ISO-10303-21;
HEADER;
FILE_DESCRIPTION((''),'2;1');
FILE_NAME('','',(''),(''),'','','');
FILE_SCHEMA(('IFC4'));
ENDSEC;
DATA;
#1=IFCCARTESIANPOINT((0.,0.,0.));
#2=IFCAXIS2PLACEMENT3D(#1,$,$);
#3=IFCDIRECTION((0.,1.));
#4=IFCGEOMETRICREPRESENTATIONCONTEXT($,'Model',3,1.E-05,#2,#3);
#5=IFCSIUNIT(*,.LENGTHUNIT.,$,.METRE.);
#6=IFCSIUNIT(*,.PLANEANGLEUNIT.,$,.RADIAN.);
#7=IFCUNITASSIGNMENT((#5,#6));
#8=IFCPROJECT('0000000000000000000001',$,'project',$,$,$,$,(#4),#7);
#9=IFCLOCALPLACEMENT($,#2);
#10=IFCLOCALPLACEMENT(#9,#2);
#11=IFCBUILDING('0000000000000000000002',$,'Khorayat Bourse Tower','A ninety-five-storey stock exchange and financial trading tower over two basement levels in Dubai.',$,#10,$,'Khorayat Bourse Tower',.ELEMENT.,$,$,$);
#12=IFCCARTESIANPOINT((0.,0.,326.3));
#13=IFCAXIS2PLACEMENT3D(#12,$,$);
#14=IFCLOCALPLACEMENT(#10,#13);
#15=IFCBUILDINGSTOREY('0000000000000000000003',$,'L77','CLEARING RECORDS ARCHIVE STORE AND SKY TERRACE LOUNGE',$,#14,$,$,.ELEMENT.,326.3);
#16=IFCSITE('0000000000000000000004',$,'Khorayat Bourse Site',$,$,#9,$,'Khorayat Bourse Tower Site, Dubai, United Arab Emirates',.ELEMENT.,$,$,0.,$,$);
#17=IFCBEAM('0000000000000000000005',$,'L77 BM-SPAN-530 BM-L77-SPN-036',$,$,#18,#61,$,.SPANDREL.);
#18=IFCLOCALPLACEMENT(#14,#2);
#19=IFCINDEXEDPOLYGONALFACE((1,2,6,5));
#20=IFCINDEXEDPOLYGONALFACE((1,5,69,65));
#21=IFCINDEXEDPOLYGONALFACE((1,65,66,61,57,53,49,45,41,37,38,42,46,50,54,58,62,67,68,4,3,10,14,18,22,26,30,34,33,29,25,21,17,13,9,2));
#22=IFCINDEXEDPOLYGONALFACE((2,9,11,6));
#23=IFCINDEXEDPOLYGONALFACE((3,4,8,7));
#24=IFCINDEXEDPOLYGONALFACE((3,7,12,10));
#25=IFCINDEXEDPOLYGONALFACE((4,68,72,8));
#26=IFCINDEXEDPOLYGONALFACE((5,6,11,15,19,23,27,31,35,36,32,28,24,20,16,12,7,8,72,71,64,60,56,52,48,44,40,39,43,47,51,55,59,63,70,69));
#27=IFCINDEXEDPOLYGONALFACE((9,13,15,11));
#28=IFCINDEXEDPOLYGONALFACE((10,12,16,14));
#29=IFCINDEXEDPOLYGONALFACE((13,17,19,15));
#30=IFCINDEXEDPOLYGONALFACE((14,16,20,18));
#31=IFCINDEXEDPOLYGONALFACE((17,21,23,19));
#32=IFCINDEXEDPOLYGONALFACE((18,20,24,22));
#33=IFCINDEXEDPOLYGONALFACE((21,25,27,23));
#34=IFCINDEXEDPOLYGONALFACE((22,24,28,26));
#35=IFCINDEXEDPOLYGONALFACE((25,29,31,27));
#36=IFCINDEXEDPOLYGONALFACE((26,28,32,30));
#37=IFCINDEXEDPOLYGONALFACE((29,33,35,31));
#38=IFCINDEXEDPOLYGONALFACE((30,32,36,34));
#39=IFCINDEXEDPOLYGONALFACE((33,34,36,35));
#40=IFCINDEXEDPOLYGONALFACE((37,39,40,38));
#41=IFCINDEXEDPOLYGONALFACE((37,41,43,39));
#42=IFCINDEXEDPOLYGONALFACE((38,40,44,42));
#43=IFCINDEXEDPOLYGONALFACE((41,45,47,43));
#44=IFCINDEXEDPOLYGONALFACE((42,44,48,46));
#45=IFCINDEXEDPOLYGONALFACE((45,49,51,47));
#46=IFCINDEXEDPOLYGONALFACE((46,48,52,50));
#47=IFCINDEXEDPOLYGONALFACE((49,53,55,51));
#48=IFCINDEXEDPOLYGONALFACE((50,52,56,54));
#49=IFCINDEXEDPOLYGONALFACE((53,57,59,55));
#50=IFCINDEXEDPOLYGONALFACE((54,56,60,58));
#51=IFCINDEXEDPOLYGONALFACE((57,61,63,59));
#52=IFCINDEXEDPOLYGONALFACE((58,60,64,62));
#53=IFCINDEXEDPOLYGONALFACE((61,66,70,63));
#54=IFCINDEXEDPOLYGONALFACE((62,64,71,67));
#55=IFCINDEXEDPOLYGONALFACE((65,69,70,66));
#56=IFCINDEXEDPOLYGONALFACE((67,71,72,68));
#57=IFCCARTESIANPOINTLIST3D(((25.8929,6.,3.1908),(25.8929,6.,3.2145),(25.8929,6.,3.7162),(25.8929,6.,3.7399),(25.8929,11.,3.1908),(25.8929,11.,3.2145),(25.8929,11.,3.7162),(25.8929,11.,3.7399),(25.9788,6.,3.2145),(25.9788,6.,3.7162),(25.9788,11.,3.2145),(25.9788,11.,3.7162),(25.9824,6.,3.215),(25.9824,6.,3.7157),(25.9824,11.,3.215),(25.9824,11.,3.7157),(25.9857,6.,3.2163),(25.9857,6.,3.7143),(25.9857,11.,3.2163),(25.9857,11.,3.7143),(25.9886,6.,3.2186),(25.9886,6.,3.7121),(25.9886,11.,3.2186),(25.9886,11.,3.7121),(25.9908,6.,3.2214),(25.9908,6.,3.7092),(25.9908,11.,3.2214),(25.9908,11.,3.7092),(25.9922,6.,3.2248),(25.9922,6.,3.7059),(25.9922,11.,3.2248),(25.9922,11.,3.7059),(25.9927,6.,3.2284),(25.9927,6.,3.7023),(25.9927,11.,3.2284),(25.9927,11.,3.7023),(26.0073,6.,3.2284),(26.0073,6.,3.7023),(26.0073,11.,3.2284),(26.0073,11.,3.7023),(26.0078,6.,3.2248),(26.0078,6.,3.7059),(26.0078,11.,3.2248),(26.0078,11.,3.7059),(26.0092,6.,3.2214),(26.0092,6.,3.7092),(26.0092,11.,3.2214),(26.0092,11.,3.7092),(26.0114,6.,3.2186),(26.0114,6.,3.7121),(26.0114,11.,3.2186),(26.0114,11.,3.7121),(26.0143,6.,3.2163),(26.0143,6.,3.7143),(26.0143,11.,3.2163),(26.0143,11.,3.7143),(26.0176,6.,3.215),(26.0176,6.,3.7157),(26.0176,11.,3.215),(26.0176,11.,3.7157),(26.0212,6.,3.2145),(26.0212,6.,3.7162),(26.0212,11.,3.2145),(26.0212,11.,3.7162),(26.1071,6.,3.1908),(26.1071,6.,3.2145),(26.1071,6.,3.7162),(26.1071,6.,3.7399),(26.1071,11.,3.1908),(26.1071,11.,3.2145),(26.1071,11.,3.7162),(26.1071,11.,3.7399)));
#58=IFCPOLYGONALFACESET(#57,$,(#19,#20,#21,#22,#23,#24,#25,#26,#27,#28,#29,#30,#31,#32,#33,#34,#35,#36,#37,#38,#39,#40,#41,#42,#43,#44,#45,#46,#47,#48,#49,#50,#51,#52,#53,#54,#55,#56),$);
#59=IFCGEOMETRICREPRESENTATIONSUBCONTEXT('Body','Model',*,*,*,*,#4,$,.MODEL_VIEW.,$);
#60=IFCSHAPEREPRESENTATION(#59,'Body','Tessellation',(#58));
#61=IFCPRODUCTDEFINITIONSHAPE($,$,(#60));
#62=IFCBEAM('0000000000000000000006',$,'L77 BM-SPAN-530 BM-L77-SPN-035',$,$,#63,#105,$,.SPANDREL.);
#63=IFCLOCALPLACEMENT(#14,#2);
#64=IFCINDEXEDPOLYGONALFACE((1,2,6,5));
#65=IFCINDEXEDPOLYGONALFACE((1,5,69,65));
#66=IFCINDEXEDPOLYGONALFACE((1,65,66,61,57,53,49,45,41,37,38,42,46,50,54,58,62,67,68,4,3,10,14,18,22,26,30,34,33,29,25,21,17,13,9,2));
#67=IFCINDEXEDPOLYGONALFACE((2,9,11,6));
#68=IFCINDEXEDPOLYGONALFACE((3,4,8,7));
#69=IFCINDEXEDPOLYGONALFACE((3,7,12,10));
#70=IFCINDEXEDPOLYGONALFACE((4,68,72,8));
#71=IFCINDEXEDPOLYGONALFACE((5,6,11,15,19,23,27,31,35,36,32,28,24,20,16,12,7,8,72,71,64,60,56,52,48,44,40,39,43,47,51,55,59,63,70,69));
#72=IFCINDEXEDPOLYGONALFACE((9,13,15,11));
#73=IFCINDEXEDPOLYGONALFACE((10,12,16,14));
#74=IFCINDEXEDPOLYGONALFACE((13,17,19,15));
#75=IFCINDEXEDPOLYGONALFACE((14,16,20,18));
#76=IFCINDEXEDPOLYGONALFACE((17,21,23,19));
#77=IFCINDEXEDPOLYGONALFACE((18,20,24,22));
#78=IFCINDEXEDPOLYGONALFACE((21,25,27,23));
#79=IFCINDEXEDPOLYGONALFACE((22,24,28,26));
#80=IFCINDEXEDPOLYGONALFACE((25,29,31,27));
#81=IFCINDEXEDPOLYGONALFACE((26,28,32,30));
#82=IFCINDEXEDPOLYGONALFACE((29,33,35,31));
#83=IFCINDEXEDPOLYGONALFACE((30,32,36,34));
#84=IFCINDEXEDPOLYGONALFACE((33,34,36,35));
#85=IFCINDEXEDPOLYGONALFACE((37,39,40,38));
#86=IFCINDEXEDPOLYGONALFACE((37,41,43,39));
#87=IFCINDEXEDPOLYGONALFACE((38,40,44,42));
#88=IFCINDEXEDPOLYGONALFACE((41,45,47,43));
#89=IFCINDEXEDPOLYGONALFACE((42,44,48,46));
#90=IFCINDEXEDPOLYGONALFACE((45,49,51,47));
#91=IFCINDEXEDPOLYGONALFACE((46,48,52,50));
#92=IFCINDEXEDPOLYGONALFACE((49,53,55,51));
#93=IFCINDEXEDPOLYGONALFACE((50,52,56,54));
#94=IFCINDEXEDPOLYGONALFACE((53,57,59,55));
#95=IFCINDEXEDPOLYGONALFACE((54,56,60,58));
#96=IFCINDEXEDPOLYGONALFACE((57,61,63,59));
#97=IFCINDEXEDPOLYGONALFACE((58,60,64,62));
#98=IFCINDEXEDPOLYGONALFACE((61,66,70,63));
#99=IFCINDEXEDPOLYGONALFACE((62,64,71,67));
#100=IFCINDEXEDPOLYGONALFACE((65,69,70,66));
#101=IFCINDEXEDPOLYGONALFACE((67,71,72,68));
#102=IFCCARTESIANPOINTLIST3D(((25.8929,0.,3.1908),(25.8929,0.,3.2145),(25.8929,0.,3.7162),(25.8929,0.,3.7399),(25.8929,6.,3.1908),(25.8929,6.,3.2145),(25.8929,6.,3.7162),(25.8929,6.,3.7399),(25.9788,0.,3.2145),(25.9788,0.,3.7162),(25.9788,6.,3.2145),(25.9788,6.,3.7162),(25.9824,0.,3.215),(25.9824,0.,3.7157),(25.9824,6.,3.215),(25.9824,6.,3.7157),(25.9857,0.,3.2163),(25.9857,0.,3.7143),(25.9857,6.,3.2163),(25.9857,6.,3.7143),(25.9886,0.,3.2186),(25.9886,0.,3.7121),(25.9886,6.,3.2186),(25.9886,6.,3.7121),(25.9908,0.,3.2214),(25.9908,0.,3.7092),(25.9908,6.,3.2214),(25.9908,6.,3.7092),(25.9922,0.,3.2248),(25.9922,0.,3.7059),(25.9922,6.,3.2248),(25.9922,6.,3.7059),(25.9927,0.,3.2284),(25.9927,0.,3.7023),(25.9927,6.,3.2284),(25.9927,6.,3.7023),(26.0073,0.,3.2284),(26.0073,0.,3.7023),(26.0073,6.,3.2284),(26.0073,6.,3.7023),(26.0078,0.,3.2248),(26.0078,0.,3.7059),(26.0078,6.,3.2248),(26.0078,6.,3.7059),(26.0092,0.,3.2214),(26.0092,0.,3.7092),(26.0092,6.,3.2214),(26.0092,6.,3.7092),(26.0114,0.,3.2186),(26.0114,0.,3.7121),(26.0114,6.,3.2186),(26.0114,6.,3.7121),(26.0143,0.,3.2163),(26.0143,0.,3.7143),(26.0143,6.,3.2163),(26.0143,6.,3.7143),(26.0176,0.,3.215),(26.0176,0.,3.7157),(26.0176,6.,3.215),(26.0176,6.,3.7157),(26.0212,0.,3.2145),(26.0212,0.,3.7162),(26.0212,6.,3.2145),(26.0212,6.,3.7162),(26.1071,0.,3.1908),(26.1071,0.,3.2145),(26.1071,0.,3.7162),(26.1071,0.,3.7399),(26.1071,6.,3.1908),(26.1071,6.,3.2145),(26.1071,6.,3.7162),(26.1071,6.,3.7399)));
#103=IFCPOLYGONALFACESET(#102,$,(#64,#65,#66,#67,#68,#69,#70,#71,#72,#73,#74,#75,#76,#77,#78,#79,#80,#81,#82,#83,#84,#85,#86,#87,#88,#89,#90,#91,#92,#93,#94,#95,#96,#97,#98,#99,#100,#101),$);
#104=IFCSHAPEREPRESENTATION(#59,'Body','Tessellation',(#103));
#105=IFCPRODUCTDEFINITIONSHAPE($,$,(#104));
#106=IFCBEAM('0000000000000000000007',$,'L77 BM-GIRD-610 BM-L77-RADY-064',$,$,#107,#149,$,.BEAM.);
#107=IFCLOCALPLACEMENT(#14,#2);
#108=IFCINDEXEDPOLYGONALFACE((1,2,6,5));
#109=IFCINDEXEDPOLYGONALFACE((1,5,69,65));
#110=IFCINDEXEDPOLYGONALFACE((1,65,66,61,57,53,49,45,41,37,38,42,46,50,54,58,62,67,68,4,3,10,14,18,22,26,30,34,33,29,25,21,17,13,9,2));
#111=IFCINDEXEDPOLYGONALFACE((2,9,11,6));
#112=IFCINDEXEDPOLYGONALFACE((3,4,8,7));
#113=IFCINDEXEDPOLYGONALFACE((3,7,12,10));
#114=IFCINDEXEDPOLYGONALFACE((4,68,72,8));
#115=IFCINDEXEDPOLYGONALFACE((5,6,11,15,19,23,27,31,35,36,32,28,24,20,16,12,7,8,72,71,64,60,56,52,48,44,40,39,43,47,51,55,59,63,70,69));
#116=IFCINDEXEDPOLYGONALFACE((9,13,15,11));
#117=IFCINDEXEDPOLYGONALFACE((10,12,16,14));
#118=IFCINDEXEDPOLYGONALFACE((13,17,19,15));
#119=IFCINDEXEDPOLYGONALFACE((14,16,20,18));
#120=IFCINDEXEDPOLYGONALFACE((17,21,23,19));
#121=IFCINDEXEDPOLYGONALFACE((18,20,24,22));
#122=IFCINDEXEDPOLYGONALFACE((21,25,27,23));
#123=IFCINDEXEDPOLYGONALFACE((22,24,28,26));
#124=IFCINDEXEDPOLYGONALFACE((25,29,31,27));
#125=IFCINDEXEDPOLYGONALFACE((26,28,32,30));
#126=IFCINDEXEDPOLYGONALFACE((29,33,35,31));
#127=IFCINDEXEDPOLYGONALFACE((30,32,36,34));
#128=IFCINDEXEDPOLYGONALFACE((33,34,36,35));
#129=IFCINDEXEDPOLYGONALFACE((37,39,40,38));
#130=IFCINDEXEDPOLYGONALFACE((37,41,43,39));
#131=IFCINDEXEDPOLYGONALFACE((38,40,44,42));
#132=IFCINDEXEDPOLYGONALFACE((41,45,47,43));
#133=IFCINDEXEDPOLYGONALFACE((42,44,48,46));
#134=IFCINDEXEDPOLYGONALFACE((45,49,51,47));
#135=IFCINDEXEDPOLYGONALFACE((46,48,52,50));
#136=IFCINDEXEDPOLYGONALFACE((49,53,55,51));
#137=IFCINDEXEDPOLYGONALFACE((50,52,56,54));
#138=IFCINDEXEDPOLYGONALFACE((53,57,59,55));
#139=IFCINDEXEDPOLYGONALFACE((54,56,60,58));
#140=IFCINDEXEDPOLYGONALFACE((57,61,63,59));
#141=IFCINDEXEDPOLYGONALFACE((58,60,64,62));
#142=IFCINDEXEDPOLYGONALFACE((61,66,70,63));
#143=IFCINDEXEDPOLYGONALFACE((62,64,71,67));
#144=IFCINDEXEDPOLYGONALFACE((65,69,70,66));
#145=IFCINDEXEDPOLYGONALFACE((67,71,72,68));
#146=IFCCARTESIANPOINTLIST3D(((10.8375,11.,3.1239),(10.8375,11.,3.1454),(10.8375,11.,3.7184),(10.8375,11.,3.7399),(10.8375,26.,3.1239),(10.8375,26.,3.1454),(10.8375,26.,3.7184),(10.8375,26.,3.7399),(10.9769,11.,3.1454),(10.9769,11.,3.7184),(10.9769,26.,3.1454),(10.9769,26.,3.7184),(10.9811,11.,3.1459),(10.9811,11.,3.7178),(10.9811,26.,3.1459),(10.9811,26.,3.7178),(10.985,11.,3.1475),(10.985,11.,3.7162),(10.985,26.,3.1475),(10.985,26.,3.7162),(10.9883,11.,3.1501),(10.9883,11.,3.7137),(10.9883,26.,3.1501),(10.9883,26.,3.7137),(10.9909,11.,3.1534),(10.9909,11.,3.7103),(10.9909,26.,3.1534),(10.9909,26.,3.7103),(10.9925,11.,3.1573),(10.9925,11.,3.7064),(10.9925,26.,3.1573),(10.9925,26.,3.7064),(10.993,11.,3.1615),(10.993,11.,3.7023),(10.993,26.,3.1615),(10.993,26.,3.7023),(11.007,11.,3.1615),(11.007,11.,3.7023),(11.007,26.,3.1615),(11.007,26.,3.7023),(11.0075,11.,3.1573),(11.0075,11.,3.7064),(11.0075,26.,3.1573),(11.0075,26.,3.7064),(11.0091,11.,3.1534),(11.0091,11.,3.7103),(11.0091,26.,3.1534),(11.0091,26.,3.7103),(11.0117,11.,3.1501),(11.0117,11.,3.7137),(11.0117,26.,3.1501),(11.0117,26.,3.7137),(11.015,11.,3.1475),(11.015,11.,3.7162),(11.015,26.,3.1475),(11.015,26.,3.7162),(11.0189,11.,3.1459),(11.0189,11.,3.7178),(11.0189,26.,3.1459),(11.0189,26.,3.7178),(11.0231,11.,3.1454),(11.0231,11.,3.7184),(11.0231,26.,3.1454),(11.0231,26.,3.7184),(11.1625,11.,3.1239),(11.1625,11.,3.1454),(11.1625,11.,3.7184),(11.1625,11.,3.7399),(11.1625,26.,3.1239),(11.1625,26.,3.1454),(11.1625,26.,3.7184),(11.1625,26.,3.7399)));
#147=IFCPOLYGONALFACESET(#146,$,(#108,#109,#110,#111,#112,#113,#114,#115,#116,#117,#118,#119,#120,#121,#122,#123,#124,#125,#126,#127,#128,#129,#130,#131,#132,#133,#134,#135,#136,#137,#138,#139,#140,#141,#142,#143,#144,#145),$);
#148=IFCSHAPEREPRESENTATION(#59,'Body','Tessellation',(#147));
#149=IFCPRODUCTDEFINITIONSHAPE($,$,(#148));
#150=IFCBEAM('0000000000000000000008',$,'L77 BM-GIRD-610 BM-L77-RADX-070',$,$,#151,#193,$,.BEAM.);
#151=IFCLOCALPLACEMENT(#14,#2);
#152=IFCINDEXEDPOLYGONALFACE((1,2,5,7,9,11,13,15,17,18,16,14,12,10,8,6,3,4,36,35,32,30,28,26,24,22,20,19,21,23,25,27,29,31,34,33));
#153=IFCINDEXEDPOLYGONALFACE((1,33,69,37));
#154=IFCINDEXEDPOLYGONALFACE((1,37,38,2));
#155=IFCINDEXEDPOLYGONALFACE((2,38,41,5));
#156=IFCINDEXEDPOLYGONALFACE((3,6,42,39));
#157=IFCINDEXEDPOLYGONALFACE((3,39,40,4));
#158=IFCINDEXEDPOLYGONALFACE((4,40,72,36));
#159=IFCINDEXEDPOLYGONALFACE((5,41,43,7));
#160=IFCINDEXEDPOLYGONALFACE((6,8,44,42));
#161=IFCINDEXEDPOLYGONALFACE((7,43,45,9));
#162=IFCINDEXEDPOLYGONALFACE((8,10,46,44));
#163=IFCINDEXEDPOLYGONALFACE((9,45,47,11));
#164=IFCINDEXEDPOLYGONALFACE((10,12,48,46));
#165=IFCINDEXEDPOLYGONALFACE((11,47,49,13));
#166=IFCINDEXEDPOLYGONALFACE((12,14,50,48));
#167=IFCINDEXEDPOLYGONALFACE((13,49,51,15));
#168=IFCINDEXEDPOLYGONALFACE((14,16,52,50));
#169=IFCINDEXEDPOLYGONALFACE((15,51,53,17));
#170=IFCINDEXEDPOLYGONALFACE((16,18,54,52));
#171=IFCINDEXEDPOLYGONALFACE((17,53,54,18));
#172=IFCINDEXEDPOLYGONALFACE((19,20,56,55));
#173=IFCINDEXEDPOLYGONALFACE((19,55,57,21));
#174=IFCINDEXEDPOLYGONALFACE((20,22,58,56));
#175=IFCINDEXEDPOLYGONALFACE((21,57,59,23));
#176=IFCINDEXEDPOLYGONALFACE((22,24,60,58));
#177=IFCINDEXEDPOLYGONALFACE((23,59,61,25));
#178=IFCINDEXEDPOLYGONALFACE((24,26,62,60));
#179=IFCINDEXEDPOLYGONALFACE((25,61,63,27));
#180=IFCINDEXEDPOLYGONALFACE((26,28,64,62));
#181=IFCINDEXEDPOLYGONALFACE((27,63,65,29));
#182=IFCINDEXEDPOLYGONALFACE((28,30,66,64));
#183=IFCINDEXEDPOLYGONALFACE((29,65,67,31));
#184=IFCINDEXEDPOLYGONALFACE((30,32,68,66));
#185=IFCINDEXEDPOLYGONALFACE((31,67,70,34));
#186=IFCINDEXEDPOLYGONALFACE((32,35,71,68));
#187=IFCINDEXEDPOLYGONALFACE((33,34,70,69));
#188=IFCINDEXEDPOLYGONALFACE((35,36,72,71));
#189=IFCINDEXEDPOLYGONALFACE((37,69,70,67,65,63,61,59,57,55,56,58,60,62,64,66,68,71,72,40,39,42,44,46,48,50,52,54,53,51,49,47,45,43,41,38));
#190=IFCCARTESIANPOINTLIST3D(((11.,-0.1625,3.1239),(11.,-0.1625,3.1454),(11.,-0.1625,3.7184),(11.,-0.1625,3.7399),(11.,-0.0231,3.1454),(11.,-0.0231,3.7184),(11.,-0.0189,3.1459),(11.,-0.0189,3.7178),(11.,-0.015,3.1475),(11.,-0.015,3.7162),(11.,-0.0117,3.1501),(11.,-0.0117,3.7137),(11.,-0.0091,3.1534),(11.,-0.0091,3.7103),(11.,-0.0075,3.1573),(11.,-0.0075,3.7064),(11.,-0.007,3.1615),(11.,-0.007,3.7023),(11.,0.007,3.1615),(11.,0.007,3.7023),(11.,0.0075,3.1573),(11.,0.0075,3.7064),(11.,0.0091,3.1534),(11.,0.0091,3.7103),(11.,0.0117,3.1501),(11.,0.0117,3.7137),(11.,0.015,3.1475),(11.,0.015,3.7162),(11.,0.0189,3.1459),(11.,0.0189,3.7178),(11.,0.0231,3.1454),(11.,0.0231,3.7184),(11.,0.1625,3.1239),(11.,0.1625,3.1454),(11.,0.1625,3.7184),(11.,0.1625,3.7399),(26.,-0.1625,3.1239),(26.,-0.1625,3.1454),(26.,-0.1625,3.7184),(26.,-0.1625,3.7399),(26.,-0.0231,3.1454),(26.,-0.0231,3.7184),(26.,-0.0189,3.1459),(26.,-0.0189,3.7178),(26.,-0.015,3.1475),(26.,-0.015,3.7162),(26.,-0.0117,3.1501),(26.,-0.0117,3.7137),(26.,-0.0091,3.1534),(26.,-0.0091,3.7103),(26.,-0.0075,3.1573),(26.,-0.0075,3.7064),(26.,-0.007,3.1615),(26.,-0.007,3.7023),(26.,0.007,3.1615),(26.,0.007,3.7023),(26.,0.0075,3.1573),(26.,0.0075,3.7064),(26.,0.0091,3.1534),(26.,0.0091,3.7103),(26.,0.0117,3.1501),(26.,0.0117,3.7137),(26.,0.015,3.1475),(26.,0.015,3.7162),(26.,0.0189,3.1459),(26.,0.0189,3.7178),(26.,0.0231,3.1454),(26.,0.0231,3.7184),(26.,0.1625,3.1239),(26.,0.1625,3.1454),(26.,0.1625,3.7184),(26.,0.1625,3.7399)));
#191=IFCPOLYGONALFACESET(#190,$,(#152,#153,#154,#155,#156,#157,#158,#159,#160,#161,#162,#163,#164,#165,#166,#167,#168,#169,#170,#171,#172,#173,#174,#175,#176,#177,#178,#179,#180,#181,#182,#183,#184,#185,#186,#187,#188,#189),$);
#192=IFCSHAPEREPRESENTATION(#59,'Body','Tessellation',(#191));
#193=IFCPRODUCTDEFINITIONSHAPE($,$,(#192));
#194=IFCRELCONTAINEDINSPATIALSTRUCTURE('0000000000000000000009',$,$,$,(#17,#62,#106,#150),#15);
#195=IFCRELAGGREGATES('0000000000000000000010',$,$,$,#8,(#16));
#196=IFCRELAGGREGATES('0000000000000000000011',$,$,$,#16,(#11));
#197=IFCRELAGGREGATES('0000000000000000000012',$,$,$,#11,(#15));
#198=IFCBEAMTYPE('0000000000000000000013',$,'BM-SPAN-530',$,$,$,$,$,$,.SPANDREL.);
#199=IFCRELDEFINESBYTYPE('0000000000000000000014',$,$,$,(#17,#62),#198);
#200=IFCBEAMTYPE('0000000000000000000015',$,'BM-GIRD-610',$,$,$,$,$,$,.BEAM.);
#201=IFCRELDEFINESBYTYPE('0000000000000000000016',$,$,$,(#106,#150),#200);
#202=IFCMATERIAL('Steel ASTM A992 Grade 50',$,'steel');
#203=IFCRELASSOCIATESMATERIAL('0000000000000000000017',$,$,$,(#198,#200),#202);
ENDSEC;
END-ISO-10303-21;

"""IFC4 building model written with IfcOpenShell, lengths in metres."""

from ifc_helpers import new_model, si_unit, direction, frame, origin, origin_2d, place, context, subcontext, project, spatial, i_section, extrude, source, transform, mapped, material, material_profile, profile_set, type_object, element, save


model = new_model("IFC4")

# Units and contexts
model_context = context("Model", 3, precision=1e-05, world=origin(), true_north=direction((0.0, 1.0)))
body_context = subcontext(model_context, "Body", "Model", "MODEL_VIEW")
ifc_project = project(units=[si_unit("LENGTHUNIT", "METRE"), si_unit("PLANEANGLEUNIT", "RADIAN")], contexts=[model_context])

# Site, building, storey
site_placement = place(None, origin())
site = spatial("IfcSite", under=ifc_project, at=site_placement, Name="Khorayat Bourse Site", LongName="Khorayat Bourse Tower Site, Dubai, United Arab Emirates", CompositionType="ELEMENT", RefElevation=0.0)
building_placement = place(site_placement, origin())
building = spatial("IfcBuilding", under=site, at=building_placement, Name="Khorayat Bourse Tower", Description="A ninety-five-storey stock exchange and financial trading tower over two basement levels in Dubai.", LongName="Khorayat Bourse Tower", CompositionType="ELEMENT")
storey_placement = place(building_placement, frame((0.0, 0.0, 326.3)))
storey = spatial("IfcBuildingStorey", under=building, at=storey_placement, Name="L77", Description="CLEARING RECORDS ARCHIVE STORE AND SKY TERRACE LOUNGE", CompositionType="ELEMENT", Elevation=326.3)

# Beams
ifc_material_1 = material(Name="Steel ASTM A992 Grade 50", Category="steel")
ifc_material_profile_1 = material_profile(ifc_material_1, i_section(OverallWidth=0.2141, OverallDepth=0.5491, WebThickness=0.0146, FlangeThickness=0.0237, FilletRadius=0.0139, at=origin_2d()), Name="W530X138")
ifc_profile_set_1 = profile_set([ifc_material_profile_1], Name="Steel ASTM A992 Grade 50")
beam_type_1 = type_object("IfcBeamType", Name="BM-SPAN-530", PredefinedType="SPANDREL", material=ifc_profile_set_1)
shared_shape_1 = source(origin(), body_context, "Body", "SweptSolid", [
    extrude(i_section(OverallWidth=0.2141, OverallDepth=0.5491, WebThickness=0.0146, FlangeThickness=0.0237, FilletRadius=0.0139, at=origin_2d()), origin(), (0.0, 0.0, 1.0), 5.0),
])
beam_1_placement = place(storey_placement, frame((26.0, 6.0, 3.4653), z_axis=(0.0, 1.0, 0.0), x_axis=(-1.0, 0.0, 0.0)))
element("IfcBeam", 1, at=beam_1_placement, inside=storey, type_object=beam_type_1, Name="L77 BM-SPAN-530 BM-L77-SPN-036", PredefinedType="SPANDREL", context=body_context, shape_type="MappedRepresentation", body=[
    mapped(shared_shape_1, transform((0.0, 0.0, 0.0), scale=1.0)),
])
shared_shape_2 = source(origin(), body_context, "Body", "SweptSolid", [
    extrude(i_section(OverallWidth=0.2141, OverallDepth=0.5491, WebThickness=0.0146, FlangeThickness=0.0237, FilletRadius=0.0139, at=origin_2d()), origin(), (0.0, 0.0, 1.0), 6.0),
])
beam_2_placement = place(storey_placement, frame((26.0, 0.0, 3.4653), z_axis=(0.0, 1.0, 0.0), x_axis=(-1.0, 0.0, 0.0)))
element("IfcBeam", 2, at=beam_2_placement, inside=storey, type_object=beam_type_1, Name="L77 BM-SPAN-530 BM-L77-SPN-035", PredefinedType="SPANDREL", context=body_context, shape_type="MappedRepresentation", body=[
    mapped(shared_shape_2, transform((0.0, 0.0, 0.0), scale=1.0)),
])
ifc_material_profile_2 = material_profile(ifc_material_1, i_section(OverallWidth=0.325, OverallDepth=0.616, WebThickness=0.0139, FlangeThickness=0.0215, FilletRadius=0.0161, at=origin_2d()), Name="W610X174")
ifc_profile_set_2 = profile_set([ifc_material_profile_2], Name="Steel ASTM A992 Grade 50")
beam_type_2 = type_object("IfcBeamType", Name="BM-GIRD-610", PredefinedType="BEAM", material=ifc_profile_set_2)
shared_shape_3 = source(origin(), body_context, "Body", "SweptSolid", [
    extrude(i_section(OverallWidth=0.325, OverallDepth=0.616, WebThickness=0.0139, FlangeThickness=0.0215, FilletRadius=0.0161, at=origin_2d()), origin(), (0.0, 0.0, 1.0), 15.0),
])
for number, where, z_axis, x_axis, name in (
    (3, (11.0, 11.0, 3.4319), (0.0, 1.0, 0.0), (-1.0, 0.0, 0.0), "L77 BM-GIRD-610 BM-L77-RADY-064"),
    (4, (11.0, 0.0, 3.4319), (1.0, 0.0, 0.0), (0.0, 1.0, 0.0), "L77 BM-GIRD-610 BM-L77-RADX-070"),
):
    element("IfcBeam", number, at=place(storey_placement, frame(where, z_axis=z_axis, x_axis=x_axis)), inside=storey, type_object=beam_type_2, Name=name, PredefinedType="BEAM", context=body_context, shape_type="MappedRepresentation", body=[
        mapped(shared_shape_3, transform((0.0, 0.0, 0.0), scale=1.0)),
    ])

save(model, "model.ifc")
